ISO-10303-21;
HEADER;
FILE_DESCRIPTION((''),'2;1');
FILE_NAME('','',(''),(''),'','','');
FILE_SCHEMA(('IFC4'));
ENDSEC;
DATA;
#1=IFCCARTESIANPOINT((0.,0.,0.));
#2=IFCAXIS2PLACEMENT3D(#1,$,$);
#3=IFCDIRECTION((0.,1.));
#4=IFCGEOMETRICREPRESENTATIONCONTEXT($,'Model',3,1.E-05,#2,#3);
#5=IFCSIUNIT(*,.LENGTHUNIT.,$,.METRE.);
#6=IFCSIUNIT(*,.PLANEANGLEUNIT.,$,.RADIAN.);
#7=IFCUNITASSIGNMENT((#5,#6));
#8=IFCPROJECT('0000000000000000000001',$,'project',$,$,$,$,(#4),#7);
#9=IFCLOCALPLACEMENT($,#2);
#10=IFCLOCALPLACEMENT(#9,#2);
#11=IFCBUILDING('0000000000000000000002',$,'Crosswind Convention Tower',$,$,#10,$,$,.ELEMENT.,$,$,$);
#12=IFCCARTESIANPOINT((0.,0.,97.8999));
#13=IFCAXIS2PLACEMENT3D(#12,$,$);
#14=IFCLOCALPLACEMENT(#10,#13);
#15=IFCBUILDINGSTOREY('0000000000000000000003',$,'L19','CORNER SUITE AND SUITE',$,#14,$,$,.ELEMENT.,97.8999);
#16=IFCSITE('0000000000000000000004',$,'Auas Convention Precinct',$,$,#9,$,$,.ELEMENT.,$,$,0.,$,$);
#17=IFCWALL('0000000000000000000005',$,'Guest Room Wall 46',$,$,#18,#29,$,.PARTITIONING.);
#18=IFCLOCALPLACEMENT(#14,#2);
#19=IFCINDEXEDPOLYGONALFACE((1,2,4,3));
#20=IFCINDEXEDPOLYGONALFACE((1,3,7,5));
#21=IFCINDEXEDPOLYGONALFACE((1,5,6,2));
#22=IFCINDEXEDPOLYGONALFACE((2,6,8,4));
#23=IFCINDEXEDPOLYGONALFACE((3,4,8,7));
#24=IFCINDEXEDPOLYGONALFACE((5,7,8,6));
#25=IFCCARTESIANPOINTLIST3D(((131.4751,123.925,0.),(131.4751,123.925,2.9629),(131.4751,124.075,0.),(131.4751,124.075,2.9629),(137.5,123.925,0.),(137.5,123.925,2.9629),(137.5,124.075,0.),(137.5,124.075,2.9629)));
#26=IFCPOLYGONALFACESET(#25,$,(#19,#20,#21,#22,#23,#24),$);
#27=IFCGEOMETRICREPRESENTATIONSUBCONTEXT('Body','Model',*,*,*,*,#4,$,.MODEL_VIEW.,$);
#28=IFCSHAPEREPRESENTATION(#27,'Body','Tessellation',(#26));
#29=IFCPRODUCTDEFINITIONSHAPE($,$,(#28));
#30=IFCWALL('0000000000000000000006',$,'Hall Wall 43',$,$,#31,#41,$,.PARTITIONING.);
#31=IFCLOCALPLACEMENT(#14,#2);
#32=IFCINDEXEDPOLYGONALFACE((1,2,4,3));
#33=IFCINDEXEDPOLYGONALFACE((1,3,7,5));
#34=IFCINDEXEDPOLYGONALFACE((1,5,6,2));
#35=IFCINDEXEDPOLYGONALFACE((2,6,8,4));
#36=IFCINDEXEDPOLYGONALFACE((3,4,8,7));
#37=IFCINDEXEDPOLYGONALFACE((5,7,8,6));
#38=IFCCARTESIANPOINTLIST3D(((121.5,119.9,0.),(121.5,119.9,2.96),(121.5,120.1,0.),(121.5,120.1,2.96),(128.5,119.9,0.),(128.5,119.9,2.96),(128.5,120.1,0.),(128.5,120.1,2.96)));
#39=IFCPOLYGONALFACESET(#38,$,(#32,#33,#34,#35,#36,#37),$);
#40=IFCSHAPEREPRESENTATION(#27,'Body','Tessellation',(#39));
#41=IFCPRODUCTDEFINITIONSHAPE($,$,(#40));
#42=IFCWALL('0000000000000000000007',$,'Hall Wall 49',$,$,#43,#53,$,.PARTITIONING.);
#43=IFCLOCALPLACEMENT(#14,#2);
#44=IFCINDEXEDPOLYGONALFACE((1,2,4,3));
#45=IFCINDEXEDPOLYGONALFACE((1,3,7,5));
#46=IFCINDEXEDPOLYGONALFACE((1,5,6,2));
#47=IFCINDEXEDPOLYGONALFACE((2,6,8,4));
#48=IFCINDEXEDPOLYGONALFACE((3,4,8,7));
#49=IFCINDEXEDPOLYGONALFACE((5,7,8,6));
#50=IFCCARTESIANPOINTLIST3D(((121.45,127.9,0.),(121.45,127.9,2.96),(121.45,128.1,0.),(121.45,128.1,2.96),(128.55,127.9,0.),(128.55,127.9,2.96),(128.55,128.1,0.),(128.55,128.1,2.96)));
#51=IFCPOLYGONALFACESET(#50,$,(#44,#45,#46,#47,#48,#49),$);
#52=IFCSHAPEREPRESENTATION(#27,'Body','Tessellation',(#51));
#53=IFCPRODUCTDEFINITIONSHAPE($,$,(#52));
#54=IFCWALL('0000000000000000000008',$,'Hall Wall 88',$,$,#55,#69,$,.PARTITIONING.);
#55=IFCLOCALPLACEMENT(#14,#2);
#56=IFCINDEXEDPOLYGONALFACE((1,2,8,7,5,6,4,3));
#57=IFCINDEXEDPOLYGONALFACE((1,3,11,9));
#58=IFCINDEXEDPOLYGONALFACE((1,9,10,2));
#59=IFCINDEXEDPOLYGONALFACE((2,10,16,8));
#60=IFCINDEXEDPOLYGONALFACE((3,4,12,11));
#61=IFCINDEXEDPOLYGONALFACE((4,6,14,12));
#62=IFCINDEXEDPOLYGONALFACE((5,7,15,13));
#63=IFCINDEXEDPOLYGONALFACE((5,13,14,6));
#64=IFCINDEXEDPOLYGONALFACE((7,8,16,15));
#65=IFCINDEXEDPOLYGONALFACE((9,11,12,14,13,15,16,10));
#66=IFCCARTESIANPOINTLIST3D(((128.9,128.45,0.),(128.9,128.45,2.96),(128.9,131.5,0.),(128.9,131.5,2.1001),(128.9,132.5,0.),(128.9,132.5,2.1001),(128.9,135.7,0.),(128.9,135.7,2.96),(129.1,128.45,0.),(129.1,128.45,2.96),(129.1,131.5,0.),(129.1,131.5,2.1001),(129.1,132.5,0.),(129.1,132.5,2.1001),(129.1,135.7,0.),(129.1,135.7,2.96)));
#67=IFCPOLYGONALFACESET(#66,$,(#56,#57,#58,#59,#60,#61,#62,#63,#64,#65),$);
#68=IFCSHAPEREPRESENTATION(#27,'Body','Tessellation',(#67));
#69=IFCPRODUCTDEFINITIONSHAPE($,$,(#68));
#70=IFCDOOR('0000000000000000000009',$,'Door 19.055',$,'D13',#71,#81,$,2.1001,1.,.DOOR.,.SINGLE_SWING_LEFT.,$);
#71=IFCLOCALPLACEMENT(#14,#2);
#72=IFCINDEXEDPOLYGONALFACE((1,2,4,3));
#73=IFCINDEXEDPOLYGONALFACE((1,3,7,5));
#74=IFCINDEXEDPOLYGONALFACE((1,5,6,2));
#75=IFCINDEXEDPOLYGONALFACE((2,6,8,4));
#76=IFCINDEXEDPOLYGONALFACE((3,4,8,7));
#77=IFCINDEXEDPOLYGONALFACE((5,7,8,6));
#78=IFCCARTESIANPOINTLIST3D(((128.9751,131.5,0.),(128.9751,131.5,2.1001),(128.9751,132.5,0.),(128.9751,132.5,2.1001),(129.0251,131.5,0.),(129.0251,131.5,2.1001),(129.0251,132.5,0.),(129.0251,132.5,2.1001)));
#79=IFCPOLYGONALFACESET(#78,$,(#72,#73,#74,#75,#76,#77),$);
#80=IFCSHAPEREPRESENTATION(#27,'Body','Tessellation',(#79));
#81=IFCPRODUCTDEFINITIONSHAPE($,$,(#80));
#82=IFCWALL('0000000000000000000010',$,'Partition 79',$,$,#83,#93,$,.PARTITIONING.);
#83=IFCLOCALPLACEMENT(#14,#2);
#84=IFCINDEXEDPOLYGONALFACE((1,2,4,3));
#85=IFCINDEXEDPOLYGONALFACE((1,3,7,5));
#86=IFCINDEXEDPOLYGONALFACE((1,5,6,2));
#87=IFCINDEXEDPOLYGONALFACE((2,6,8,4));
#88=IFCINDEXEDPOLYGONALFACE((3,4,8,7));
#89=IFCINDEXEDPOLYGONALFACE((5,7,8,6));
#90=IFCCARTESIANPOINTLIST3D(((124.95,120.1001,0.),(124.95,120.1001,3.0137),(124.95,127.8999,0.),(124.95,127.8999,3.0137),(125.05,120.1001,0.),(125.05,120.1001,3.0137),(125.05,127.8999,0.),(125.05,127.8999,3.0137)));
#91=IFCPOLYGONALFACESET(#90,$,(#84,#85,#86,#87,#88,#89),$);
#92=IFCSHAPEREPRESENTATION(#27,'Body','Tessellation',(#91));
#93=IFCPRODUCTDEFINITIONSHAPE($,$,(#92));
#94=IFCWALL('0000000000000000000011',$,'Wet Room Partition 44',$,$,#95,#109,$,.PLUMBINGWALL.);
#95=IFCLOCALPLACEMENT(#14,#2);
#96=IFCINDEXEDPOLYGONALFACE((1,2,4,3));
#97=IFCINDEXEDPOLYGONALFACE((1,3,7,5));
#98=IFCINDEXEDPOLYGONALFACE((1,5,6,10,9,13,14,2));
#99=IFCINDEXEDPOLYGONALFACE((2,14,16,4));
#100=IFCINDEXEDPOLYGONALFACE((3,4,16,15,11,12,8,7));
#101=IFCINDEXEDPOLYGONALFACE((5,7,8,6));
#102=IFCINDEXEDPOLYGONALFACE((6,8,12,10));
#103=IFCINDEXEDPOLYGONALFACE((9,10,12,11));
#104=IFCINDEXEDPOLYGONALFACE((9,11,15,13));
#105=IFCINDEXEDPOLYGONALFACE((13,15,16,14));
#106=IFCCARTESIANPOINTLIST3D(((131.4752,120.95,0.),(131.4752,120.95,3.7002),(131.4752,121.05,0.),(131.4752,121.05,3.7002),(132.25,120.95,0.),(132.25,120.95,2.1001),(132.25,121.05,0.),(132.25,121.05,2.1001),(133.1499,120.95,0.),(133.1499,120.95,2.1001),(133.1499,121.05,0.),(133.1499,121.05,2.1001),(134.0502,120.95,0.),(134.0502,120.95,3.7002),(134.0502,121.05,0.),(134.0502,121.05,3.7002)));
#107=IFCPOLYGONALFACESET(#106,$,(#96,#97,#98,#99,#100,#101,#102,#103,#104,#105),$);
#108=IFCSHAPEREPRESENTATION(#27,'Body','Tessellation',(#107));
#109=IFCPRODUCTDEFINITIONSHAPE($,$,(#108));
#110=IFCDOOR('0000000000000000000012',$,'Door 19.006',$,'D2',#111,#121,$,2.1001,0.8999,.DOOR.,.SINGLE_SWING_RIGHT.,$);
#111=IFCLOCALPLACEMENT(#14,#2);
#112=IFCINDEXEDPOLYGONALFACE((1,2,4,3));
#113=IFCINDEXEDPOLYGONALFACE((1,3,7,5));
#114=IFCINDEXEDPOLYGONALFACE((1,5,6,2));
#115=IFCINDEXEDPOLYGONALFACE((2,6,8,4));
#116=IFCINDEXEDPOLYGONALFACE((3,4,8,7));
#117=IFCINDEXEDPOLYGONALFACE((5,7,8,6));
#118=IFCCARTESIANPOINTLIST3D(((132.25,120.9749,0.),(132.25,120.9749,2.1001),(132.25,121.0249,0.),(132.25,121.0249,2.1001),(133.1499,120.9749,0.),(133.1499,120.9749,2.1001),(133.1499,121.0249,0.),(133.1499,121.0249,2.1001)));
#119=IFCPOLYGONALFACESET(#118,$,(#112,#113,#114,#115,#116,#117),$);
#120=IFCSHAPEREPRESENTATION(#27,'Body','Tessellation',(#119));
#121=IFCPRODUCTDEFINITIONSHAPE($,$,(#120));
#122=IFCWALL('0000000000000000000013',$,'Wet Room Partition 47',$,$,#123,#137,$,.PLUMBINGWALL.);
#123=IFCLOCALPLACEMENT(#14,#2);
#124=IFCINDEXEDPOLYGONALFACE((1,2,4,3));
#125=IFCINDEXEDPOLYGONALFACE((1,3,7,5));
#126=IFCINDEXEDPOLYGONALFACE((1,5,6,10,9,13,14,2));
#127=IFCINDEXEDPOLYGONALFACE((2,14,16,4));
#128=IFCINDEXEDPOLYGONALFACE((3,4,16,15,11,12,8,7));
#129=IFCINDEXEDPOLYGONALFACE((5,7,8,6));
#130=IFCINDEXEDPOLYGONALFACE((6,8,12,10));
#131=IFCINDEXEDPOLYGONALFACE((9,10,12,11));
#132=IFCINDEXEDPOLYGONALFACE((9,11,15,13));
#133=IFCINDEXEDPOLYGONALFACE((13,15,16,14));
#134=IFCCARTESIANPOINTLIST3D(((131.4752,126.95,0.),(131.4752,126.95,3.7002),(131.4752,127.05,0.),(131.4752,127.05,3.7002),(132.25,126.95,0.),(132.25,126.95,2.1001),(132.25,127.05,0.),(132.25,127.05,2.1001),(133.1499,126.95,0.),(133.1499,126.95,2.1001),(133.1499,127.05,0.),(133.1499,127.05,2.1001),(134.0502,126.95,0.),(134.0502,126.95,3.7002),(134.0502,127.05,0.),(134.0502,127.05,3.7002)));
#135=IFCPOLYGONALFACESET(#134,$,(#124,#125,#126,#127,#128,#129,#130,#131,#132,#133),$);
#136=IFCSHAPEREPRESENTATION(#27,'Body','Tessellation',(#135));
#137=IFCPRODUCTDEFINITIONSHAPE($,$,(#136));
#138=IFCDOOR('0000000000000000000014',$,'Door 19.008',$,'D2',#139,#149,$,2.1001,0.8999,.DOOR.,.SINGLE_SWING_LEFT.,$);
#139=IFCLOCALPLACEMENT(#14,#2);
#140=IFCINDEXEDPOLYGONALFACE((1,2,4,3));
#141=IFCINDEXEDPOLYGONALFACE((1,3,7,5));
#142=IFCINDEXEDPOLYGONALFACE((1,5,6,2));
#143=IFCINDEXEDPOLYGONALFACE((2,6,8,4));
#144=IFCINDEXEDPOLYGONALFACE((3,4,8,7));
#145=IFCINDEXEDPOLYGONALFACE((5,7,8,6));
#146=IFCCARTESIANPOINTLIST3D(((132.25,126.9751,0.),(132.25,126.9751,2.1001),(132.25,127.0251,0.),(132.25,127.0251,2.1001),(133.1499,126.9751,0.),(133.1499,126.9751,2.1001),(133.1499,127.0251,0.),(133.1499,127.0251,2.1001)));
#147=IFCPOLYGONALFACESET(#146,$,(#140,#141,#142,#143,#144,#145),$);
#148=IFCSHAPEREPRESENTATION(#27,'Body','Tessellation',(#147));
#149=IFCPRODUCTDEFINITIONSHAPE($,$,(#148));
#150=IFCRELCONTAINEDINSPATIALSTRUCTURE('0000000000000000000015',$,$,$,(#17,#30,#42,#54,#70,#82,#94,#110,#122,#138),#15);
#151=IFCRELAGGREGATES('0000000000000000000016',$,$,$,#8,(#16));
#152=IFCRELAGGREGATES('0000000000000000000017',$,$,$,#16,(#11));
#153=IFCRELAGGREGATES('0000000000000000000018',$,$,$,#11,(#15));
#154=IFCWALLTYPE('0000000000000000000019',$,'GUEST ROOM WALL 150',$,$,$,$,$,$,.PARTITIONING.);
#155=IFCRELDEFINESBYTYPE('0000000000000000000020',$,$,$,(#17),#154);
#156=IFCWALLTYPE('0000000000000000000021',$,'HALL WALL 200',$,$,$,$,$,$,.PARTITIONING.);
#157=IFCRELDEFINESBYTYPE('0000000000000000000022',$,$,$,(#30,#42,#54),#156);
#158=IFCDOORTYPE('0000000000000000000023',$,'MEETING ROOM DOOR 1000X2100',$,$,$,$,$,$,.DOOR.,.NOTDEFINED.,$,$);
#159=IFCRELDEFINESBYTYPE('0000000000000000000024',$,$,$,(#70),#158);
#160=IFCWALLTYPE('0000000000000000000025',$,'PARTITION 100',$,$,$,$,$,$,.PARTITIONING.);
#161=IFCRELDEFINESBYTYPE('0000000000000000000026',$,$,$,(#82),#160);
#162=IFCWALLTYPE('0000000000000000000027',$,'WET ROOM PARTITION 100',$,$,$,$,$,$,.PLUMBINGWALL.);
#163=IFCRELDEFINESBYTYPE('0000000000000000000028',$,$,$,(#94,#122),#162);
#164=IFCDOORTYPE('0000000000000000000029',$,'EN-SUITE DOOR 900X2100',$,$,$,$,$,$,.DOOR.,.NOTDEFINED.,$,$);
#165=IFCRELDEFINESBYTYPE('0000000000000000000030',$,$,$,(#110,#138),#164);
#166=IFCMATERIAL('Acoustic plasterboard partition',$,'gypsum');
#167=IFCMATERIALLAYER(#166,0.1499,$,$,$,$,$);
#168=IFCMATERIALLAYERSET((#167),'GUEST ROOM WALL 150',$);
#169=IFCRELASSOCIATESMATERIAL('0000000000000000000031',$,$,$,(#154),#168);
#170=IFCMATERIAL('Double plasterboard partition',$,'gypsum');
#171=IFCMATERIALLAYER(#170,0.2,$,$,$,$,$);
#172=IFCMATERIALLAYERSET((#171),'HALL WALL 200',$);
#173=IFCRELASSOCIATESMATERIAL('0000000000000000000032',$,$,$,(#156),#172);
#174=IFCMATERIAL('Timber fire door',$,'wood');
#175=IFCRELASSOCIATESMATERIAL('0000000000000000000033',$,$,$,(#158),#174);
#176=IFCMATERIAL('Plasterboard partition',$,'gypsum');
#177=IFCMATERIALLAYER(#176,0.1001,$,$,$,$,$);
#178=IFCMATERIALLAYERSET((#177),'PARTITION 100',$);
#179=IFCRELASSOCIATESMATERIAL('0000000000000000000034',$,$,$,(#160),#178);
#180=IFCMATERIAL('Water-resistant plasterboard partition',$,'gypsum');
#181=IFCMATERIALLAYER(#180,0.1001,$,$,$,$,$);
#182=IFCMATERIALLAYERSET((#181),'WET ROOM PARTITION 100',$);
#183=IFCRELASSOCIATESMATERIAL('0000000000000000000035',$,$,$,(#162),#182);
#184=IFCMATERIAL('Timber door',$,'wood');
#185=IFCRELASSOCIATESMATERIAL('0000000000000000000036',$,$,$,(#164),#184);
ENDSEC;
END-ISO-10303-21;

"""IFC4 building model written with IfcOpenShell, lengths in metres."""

from ifc_helpers import new_model, si_unit, direction, frame, frame_2d, origin, place, context, subcontext, project, spatial, rectangle, extrude, material, layer, layer_set, type_object, element, fill, save


model = new_model("IFC4")

# Units and contexts
model_context = context("Model", 3, precision=1e-05, world=origin(), true_north=direction((0.0, 1.0)))
body_context = subcontext(model_context, "Body", "Model", "MODEL_VIEW")
ifc_project = project(units=[si_unit("LENGTHUNIT", "METRE"), si_unit("PLANEANGLEUNIT", "RADIAN")], contexts=[model_context])

# Site, building, storey
site_placement = place(None, origin())
site = spatial("IfcSite", under=ifc_project, at=site_placement, Name="Auas Convention Precinct", CompositionType="ELEMENT", RefElevation=0.0)
building_placement = place(site_placement, origin())
building = spatial("IfcBuilding", under=site, at=building_placement, Name="Crosswind Convention Tower", CompositionType="ELEMENT")
storey_placement = place(building_placement, frame((0.0, 0.0, 97.8999)))
storey = spatial("IfcBuildingStorey", under=building, at=storey_placement, Name="L19", Description="CORNER SUITE AND SUITE", CompositionType="ELEMENT", Elevation=97.8999)

# Shared definitions
ifc_material_1 = material(Name="Plasterboard partition", Category="gypsum")
ifc_material_2 = material(Name="Timber fire door", Category="wood")

# Walls
ifc_material_3 = material(Name="Acoustic plasterboard partition", Category="gypsum")
ifc_layer_1 = layer(ifc_material_3, 0.1499)
ifc_layer_set_1 = layer_set([ifc_layer_1], Name="GUEST ROOM WALL 150")
wall_type_1 = type_object("IfcWallType", Name="GUEST ROOM WALL 150", PredefinedType="PARTITIONING", material=ifc_layer_set_1)
wall_1_placement = place(storey_placement, frame((131.4751, 124.0, 0.0), z_axis=(0.0, 0.0, 1.0), x_axis=(1.0, 0.0, 0.0)))
element("IfcWall", 1, at=wall_1_placement, inside=storey, type_object=wall_type_1, Name="Guest Room Wall 46", PredefinedType="PARTITIONING", context=body_context, shape_type="SweptSolid", body=[
    extrude(rectangle(XDim=6.0249, YDim=0.1499, at=frame_2d((3.0125, 0.0))), origin(), (0.0, 0.0, 1.0), 2.9629),
])
ifc_material_4 = material(Name="Double plasterboard partition", Category="gypsum")
ifc_layer_2 = layer(ifc_material_4, 0.2)
ifc_layer_set_2 = layer_set([ifc_layer_2], Name="HALL WALL 200")
wall_type_2 = type_object("IfcWallType", Name="HALL WALL 200", PredefinedType="PARTITIONING", material=ifc_layer_set_2)
wall_2_placement = place(storey_placement, frame((121.5, 120.0, 0.0), z_axis=(0.0, 0.0, 1.0), x_axis=(1.0, 0.0, 0.0)))
element("IfcWall", 2, at=wall_2_placement, inside=storey, type_object=wall_type_2, Name="Hall Wall 43", PredefinedType="PARTITIONING", context=body_context, shape_type="SweptSolid", body=[
    extrude(rectangle(XDim=7.0, YDim=0.2, at=frame_2d((3.5, 0.0))), origin(), (0.0, 0.0, 1.0), 2.96),
])
wall_3_placement = place(storey_placement, frame((121.45, 128.0, 0.0), z_axis=(0.0, 0.0, 1.0), x_axis=(1.0, 0.0, 0.0)))
element("IfcWall", 3, at=wall_3_placement, inside=storey, type_object=wall_type_2, Name="Hall Wall 49", PredefinedType="PARTITIONING", context=body_context, shape_type="SweptSolid", body=[
    extrude(rectangle(XDim=7.1001, YDim=0.2, at=frame_2d((3.55, 0.0))), origin(), (0.0, 0.0, 1.0), 2.96),
])

# Wall, opening, door
wall_4_placement = place(storey_placement, frame((129.0, 128.45, 0.0), z_axis=(0.0, 0.0, 1.0), x_axis=(0.0, 1.0, 0.0)))
wall_4 = element("IfcWall", 4, at=wall_4_placement, inside=storey, type_object=wall_type_2, Name="Hall Wall 88", PredefinedType="PARTITIONING", context=body_context, shape_type="SweptSolid", body=[
    extrude(rectangle(XDim=7.25, YDim=0.2, at=frame_2d((3.625, 0.0))), origin(), (0.0, 0.0, 1.0), 2.96),
])
opening_1_placement = place(wall_4_placement, frame((3.05, 0.0, 0.0)))
opening_1 = element("IfcOpeningElement", 5, at=opening_1_placement, cuts=wall_4, PredefinedType="OPENING", context=body_context, shape_type="SweptSolid", body=[
    extrude(rectangle(XDim=1.0, YDim=2.1001, at=frame_2d((0.5, 1.05))), frame((0.0, 0.1099, 0.0), z_axis=(0.0, -1.0, 0.0), x_axis=(1.0, 0.0, 0.0)), (0.0, 0.0, 1.0), 0.22),
])
door_type_1 = type_object("IfcDoorType", Name="MEETING ROOM DOOR 1000X2100", OperationType="NOTDEFINED", PredefinedType="DOOR", material=ifc_material_2)
door_1_placement = place(opening_1_placement, origin())
door_1 = element("IfcDoor", 6, at=door_1_placement, inside=storey, type_object=door_type_1, Name="Door 19.055", ObjectType="D13", OperationType="SINGLE_SWING_LEFT", OverallHeight=2.1001, OverallWidth=1.0, PredefinedType="DOOR", context=body_context, shape_type="SweptSolid", body=[
    extrude(rectangle(XDim=1.0, YDim=2.1001, at=frame_2d((0.5, 1.05))), frame((0.0, 0.0249, 0.0), z_axis=(0.0, -1.0, 0.0), x_axis=(1.0, 0.0, 0.0)), (0.0, 0.0, 1.0), 0.05),
])
fill(opening_1, door_1)

# Wall
ifc_layer_3 = layer(ifc_material_1, 0.1001)
ifc_layer_set_3 = layer_set([ifc_layer_3], Name="PARTITION 100")
wall_type_3 = type_object("IfcWallType", Name="PARTITION 100", PredefinedType="PARTITIONING", material=ifc_layer_set_3)
wall_5_placement = place(storey_placement, frame((125.0, 120.1001, 0.0), z_axis=(0.0, 0.0, 1.0), x_axis=(0.0, 1.0, 0.0)))
element("IfcWall", 7, at=wall_5_placement, inside=storey, type_object=wall_type_3, Name="Partition 79", PredefinedType="PARTITIONING", context=body_context, shape_type="SweptSolid", body=[
    extrude(rectangle(XDim=7.7998, YDim=0.1001, at=frame_2d((3.8999, 0.0))), origin(), (0.0, 0.0, 1.0), 3.0137),
])

# Walls, openings, doors
ifc_material_5 = material(Name="Water-resistant plasterboard partition", Category="gypsum")
ifc_layer_4 = layer(ifc_material_5, 0.1001)
ifc_layer_set_4 = layer_set([ifc_layer_4], Name="WET ROOM PARTITION 100")
wall_type_4 = type_object("IfcWallType", Name="WET ROOM PARTITION 100", PredefinedType="PLUMBINGWALL", material=ifc_layer_set_4)
wall_6_placement = place(storey_placement, frame((131.4751, 121.0, 0.0), z_axis=(0.0, 0.0, 1.0), x_axis=(1.0, 0.0, 0.0)))
wall_6 = element("IfcWall", 8, at=wall_6_placement, inside=storey, type_object=wall_type_4, Name="Wet Room Partition 44", PredefinedType="PLUMBINGWALL", context=body_context, shape_type="SweptSolid", body=[
    extrude(rectangle(XDim=2.575, YDim=0.1001, at=frame_2d((1.2876, 0.0))), origin(), (0.0, 0.0, 1.0), 3.7002),
])
opening_2_placement = place(wall_6_placement, frame((0.7749, 0.0, 0.0)))
opening_2 = element("IfcOpeningElement", 9, at=opening_2_placement, cuts=wall_6, PredefinedType="OPENING", context=body_context, shape_type="SweptSolid", body=[
    extrude(rectangle(XDim=0.8999, YDim=2.1001, at=frame_2d((0.45, 1.05))), frame((0.0, 0.0601, 0.0), z_axis=(0.0, -1.0, 0.0), x_axis=(1.0, 0.0, 0.0)), (0.0, 0.0, 1.0), 0.1201),
])
ifc_material_6 = material(Name="Timber door", Category="wood")
door_type_2 = type_object("IfcDoorType", Name="EN-SUITE DOOR 900X2100", OperationType="NOTDEFINED", PredefinedType="DOOR", material=ifc_material_6)
door_2_placement = place(opening_2_placement, origin())
door_2 = element("IfcDoor", 10, at=door_2_placement, inside=storey, type_object=door_type_2, Name="Door 19.006", ObjectType="D2", OperationType="SINGLE_SWING_RIGHT", OverallHeight=2.1001, OverallWidth=0.8999, PredefinedType="DOOR", context=body_context, shape_type="SweptSolid", body=[
    extrude(rectangle(XDim=0.8999, YDim=2.1001, at=frame_2d((0.45, 1.05))), frame((0.0, 0.0249, 0.0), z_axis=(0.0, -1.0, 0.0), x_axis=(1.0, 0.0, 0.0)), (0.0, 0.0, 1.0), 0.05),
])
fill(opening_2, door_2)
wall_7_placement = place(storey_placement, frame((131.4751, 127.0, 0.0), z_axis=(0.0, 0.0, 1.0), x_axis=(1.0, 0.0, 0.0)))
wall_7 = element("IfcWall", 11, at=wall_7_placement, inside=storey, type_object=wall_type_4, Name="Wet Room Partition 47", PredefinedType="PLUMBINGWALL", context=body_context, shape_type="SweptSolid", body=[
    extrude(rectangle(XDim=2.575, YDim=0.1001, at=frame_2d((1.2876, 0.0))), origin(), (0.0, 0.0, 1.0), 3.7002),
])
opening_3_placement = place(wall_7_placement, frame((0.7749, 0.0, 0.0)))
opening_3 = element("IfcOpeningElement", 12, at=opening_3_placement, cuts=wall_7, PredefinedType="OPENING", context=body_context, shape_type="SweptSolid", body=[
    extrude(rectangle(XDim=0.8999, YDim=2.1001, at=frame_2d((0.45, 1.05))), frame((0.0, 0.0601, 0.0), z_axis=(0.0, -1.0, 0.0), x_axis=(1.0, 0.0, 0.0)), (0.0, 0.0, 1.0), 0.1201),
])
door_3_placement = place(opening_3_placement, frame((0.8999, 0.0, 0.0), z_axis=(0.0, 0.0, 1.0), x_axis=(-1.0, 0.0, 0.0)))
door_3 = element("IfcDoor", 13, at=door_3_placement, inside=storey, type_object=door_type_2, Name="Door 19.008", ObjectType="D2", OperationType="SINGLE_SWING_LEFT", OverallHeight=2.1001, OverallWidth=0.8999, PredefinedType="DOOR", context=body_context, shape_type="SweptSolid", body=[
    extrude(rectangle(XDim=0.8999, YDim=2.1001, at=frame_2d((0.45, 1.05))), frame((0.0, 0.0249, 0.0), z_axis=(0.0, -1.0, 0.0), x_axis=(1.0, 0.0, 0.0)), (0.0, 0.0, 1.0), 0.05),
])
fill(opening_3, door_3)

save(model, "model.ifc")
